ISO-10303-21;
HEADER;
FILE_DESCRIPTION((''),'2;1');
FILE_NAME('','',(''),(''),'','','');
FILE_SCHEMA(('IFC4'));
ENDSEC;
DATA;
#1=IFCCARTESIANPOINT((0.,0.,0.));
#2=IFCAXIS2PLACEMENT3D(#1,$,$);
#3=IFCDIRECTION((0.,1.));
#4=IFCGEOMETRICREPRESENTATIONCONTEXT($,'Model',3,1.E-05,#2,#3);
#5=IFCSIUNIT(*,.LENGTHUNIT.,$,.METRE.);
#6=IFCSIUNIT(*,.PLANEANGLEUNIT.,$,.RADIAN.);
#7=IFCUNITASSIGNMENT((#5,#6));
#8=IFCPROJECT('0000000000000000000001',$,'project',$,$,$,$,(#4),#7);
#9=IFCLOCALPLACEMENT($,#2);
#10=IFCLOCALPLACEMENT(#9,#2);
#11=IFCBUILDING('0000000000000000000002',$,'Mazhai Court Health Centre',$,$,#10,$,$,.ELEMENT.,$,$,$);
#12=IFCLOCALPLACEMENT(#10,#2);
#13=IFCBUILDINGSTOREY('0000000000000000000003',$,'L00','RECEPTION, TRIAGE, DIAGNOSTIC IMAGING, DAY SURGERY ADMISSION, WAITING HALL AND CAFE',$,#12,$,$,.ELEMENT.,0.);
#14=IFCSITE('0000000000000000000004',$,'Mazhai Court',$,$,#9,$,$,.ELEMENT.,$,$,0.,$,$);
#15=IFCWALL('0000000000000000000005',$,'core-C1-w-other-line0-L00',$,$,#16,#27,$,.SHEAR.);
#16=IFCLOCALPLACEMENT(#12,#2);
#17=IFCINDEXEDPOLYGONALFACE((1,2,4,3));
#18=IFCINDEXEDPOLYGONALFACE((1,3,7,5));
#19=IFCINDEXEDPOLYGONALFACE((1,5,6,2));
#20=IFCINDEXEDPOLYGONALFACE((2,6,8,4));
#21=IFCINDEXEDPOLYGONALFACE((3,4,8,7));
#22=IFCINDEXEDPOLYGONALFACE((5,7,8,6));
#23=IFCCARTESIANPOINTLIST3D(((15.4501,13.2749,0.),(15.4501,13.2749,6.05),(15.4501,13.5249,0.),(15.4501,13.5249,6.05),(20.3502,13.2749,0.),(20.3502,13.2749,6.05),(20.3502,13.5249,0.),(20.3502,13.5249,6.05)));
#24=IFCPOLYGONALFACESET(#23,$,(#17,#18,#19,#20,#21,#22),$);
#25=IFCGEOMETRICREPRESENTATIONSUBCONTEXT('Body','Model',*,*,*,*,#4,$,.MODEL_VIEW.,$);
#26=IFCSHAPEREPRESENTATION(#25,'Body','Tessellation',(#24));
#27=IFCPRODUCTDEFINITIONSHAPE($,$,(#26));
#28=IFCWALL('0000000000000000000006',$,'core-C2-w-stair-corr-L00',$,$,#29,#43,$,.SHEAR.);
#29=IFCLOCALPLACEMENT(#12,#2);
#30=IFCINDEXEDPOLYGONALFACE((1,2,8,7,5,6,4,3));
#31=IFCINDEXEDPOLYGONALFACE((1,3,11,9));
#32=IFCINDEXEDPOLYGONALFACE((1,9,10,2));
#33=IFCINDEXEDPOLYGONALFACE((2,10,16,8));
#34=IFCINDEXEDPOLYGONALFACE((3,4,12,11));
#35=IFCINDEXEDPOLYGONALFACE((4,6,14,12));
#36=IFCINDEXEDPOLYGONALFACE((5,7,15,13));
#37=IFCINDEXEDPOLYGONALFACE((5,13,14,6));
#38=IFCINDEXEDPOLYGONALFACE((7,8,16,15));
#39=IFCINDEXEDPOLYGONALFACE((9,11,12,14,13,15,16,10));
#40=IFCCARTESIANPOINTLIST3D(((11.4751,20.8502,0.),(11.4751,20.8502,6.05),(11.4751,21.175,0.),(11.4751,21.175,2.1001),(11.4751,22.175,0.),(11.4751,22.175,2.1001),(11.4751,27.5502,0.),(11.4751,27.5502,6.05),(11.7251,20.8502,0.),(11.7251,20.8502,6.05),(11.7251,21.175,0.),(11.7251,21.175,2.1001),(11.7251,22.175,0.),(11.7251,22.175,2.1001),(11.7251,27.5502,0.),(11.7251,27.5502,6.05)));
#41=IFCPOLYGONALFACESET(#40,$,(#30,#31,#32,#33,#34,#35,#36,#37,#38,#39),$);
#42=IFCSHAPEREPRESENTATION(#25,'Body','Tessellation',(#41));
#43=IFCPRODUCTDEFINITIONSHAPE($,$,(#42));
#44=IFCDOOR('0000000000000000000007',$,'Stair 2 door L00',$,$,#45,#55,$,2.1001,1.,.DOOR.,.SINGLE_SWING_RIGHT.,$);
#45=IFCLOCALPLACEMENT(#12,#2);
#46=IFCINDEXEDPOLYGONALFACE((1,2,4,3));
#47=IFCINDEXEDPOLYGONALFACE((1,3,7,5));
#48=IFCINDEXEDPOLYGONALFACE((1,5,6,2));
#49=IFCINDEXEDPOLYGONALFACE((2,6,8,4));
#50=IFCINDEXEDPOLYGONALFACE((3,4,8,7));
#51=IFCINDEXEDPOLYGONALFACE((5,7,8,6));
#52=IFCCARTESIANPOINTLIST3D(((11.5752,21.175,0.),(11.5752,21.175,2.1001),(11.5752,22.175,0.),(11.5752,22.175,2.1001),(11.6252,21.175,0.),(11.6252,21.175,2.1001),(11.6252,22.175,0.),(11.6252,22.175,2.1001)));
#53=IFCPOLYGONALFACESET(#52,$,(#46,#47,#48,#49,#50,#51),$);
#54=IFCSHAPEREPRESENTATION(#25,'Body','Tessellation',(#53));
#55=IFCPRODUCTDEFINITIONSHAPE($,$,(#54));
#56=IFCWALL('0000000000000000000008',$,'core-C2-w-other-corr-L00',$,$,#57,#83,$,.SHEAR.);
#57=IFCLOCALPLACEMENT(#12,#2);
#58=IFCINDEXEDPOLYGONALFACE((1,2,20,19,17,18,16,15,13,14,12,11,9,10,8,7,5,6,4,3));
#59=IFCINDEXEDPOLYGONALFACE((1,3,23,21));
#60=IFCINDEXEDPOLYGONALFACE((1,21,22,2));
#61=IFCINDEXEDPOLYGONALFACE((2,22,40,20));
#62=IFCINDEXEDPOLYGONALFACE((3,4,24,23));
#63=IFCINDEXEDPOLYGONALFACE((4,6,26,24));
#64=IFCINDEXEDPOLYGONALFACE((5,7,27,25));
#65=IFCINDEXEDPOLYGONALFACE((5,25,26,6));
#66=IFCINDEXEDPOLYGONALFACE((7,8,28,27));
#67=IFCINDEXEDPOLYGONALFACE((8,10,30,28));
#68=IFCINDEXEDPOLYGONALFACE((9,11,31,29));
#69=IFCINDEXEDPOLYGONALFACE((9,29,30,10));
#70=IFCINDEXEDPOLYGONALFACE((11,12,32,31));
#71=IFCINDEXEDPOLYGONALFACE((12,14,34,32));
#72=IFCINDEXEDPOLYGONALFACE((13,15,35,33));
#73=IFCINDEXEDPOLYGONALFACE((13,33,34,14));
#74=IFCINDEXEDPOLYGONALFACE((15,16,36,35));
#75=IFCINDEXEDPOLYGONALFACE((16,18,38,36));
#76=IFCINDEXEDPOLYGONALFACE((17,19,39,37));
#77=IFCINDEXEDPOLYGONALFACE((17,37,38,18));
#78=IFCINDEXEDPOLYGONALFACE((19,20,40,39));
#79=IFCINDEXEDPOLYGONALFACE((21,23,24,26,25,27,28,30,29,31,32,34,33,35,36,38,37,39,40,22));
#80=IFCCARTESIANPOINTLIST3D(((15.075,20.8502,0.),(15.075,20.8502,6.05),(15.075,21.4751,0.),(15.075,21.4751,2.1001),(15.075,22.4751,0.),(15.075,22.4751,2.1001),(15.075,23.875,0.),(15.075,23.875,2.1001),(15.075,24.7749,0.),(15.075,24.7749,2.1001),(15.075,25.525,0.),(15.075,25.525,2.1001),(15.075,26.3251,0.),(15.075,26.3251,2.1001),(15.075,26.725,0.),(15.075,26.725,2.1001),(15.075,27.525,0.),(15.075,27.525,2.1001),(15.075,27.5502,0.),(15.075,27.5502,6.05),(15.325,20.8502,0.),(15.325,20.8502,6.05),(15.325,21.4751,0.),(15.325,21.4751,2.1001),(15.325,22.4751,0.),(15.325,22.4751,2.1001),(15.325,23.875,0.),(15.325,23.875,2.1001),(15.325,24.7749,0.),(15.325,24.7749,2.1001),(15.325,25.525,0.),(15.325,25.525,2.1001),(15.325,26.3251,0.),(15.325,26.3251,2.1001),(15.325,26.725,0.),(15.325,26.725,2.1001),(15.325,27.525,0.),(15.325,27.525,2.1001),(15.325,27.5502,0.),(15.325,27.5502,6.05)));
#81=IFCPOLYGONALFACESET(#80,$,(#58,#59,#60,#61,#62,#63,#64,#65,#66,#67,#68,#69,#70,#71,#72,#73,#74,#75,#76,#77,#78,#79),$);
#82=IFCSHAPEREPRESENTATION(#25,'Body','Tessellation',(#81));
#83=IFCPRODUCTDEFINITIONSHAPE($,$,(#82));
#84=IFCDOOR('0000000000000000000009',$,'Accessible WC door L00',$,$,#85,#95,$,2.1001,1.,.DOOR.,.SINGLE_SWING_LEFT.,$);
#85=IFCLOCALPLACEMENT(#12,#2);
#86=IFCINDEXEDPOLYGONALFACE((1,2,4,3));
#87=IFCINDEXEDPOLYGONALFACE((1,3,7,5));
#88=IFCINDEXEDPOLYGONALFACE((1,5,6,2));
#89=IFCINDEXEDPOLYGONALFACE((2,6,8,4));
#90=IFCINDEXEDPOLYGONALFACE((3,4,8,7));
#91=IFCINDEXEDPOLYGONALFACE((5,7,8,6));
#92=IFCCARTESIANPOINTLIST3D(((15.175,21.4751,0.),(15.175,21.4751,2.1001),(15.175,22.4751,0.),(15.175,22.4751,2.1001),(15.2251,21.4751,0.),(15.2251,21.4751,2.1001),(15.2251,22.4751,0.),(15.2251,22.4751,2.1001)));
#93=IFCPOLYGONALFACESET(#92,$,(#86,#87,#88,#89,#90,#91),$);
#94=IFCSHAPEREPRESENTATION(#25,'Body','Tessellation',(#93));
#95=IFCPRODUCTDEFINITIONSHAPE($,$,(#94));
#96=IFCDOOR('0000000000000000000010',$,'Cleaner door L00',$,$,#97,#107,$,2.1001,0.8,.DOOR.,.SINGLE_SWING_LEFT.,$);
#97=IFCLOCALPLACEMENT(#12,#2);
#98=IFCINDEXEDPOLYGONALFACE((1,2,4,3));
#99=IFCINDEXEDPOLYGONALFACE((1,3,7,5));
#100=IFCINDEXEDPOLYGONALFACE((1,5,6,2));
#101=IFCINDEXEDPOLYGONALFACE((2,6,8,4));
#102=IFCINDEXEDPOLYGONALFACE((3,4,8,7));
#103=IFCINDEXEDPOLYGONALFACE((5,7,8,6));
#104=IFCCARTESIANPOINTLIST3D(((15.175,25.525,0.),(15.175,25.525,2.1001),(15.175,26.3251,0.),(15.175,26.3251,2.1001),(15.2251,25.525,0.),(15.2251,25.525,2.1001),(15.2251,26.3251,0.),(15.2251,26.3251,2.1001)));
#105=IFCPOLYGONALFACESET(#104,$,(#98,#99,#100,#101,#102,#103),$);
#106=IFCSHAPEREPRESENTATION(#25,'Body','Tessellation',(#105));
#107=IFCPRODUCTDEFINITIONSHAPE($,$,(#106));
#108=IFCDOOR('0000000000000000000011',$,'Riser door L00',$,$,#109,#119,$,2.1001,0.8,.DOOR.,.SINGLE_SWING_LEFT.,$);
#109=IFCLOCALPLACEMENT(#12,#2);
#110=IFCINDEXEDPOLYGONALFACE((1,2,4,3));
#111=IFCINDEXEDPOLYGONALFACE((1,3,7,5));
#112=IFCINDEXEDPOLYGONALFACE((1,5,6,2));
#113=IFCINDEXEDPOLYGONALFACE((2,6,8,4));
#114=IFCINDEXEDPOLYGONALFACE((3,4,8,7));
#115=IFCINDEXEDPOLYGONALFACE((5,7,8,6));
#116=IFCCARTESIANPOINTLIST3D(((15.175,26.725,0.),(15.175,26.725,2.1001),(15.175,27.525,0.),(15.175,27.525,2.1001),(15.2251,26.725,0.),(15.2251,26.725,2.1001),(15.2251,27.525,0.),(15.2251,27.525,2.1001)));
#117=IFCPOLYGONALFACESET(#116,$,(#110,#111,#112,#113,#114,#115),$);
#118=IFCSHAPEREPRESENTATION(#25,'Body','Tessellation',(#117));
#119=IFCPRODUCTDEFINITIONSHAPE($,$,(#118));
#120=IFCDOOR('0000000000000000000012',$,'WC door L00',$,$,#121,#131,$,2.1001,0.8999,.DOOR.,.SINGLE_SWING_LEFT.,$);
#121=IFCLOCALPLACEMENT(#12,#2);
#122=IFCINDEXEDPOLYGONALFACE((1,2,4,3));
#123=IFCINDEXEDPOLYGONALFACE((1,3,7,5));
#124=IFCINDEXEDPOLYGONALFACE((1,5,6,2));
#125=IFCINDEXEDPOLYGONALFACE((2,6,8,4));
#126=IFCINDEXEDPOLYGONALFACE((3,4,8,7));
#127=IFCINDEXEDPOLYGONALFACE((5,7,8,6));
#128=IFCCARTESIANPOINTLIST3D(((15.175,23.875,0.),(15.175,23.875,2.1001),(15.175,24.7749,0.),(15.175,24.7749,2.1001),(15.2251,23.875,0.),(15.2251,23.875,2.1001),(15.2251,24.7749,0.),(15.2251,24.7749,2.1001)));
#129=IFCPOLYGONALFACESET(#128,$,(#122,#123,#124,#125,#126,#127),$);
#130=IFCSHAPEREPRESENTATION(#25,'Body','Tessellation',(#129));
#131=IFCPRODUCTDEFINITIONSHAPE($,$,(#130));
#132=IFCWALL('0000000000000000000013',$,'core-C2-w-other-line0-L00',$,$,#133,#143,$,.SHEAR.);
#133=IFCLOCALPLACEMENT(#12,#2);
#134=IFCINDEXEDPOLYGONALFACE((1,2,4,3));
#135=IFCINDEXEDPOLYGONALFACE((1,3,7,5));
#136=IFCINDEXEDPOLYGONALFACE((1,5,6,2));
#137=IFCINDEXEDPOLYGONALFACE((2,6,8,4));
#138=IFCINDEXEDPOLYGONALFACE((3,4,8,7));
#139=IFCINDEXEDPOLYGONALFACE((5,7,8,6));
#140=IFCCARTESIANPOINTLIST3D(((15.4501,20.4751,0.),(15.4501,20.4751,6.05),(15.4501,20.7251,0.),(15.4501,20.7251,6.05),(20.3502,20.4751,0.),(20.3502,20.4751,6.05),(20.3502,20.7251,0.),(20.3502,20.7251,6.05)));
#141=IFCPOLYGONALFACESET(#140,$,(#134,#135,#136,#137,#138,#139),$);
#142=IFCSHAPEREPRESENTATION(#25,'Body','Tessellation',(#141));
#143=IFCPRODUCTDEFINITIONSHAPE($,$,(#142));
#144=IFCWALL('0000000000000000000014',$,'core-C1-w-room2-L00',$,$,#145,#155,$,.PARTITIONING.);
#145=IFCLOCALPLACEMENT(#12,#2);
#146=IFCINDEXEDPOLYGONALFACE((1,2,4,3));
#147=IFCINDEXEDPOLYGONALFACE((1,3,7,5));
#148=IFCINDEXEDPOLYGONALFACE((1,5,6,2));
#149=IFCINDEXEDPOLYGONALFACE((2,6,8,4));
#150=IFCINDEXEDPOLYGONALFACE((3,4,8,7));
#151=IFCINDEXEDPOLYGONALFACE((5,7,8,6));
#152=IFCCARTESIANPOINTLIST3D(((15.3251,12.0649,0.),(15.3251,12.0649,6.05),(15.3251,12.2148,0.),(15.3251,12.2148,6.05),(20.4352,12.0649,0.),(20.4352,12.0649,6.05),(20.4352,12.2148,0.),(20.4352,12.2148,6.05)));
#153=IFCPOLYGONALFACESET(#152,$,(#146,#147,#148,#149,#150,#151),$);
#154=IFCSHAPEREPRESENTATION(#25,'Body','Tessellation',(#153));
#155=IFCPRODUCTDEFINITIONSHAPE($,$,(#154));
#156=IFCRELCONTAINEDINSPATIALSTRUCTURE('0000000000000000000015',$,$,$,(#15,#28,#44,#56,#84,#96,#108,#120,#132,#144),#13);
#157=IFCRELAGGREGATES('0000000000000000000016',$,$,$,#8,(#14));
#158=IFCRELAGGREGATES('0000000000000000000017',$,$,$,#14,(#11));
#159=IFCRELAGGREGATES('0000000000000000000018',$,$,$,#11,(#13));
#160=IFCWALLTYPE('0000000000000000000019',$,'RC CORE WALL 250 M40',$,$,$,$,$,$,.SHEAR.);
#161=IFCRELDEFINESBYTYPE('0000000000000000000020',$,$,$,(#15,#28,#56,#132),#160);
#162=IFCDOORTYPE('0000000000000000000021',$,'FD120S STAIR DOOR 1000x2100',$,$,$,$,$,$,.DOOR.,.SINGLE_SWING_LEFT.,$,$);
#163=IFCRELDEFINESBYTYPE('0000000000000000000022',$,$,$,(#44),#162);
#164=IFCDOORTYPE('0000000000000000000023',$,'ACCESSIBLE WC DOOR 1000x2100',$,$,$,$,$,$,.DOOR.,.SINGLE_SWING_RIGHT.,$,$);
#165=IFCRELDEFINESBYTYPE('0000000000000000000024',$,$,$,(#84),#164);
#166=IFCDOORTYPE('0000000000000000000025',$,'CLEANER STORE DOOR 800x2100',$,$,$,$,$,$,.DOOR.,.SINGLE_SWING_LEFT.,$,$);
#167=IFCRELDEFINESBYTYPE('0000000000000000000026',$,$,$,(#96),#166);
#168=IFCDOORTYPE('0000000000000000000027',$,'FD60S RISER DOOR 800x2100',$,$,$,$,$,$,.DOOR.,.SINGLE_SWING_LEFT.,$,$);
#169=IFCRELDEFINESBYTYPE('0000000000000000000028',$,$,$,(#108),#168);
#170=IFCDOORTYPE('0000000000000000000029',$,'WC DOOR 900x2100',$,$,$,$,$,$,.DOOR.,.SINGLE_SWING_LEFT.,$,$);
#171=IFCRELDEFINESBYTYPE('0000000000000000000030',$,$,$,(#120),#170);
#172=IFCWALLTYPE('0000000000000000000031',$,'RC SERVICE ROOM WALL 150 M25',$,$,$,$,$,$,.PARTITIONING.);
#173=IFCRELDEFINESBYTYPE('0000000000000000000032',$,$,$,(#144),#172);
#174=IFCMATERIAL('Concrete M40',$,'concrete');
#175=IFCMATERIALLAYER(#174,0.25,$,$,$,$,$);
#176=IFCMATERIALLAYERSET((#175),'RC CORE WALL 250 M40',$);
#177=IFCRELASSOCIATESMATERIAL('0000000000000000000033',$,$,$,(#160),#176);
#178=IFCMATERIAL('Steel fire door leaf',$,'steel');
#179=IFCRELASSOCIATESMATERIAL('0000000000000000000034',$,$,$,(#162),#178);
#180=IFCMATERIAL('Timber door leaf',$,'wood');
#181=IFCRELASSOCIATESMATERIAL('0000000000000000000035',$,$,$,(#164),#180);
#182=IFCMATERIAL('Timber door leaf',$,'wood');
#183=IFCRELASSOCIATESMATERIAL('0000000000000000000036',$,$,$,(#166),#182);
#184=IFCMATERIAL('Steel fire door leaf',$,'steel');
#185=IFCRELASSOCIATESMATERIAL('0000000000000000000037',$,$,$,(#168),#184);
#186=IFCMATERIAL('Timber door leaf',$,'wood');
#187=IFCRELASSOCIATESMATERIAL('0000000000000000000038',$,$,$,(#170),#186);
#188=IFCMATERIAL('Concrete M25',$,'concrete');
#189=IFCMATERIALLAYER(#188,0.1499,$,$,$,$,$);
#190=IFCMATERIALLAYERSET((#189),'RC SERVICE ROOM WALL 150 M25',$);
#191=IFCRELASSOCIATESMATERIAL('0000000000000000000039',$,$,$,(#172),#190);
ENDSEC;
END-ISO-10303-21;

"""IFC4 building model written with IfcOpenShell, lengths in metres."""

from ifc_helpers import new_model, si_unit, direction, frame, frame_2d, origin, place, context, subcontext, project, spatial, rectangle, extrude, material, layer, layer_set, type_object, element, fill, save


model = new_model("IFC4")

# Units and contexts
model_context = context("Model", 3, precision=1e-05, world=origin(), true_north=direction((0.0, 1.0)))
body_context = subcontext(model_context, "Body", "Model", "MODEL_VIEW")
ifc_project = project(units=[si_unit("LENGTHUNIT", "METRE"), si_unit("PLANEANGLEUNIT", "RADIAN")], contexts=[model_context])

# Site, building, storey
site_placement = place(None, origin())
site = spatial("IfcSite", under=ifc_project, at=site_placement, Name="Mazhai Court", CompositionType="ELEMENT", RefElevation=0.0)
building_placement = place(site_placement, origin())
building = spatial("IfcBuilding", under=site, at=building_placement, Name="Mazhai Court Health Centre", CompositionType="ELEMENT")
storey_placement = place(building_placement, origin())
storey = spatial("IfcBuildingStorey", under=building, at=storey_placement, Name="L00", Description="RECEPTION, TRIAGE, DIAGNOSTIC IMAGING, DAY SURGERY ADMISSION, WAITING HALL AND CAFE", CompositionType="ELEMENT", Elevation=0.0)

# Wall
ifc_material_1 = material(Name="Concrete M40", Category="concrete")
ifc_layer_1 = layer(ifc_material_1, 0.25)
ifc_layer_set_1 = layer_set([ifc_layer_1], Name="RC CORE WALL 250 M40")
wall_type_1 = type_object("IfcWallType", Name="RC CORE WALL 250 M40", PredefinedType="SHEAR", material=ifc_layer_set_1)
wall_1_placement = place(storey_placement, frame((15.45, 13.3999, 0.0), z_axis=(0.0, 0.0, 1.0), x_axis=(1.0, 0.0, 0.0)))
element("IfcWall", 1, at=wall_1_placement, inside=storey, type_object=wall_type_1, Name="core-C1-w-other-line0-L00", PredefinedType="SHEAR", context=body_context, shape_type="SweptSolid", body=[
    extrude(rectangle(XDim=4.9001, YDim=0.25, at=frame_2d((2.4502, 0.0))), origin(), (0.0, 0.0, 1.0), 6.05),
])

# Wall, opening, door
wall_2_placement = place(storey_placement, frame((11.6001, 20.8501, 0.0), z_axis=(0.0, 0.0, 1.0), x_axis=(0.0, 1.0, 0.0)))
wall_2 = element("IfcWall", 2, at=wall_2_placement, inside=storey, type_object=wall_type_1, Name="core-C2-w-stair-corr-L00", PredefinedType="SHEAR", context=body_context, shape_type="SweptSolid", body=[
    extrude(rectangle(XDim=6.7, YDim=0.25, at=frame_2d((3.3501, 0.0))), origin(), (0.0, 0.0, 1.0), 6.05),
])
opening_1_placement = place(wall_2_placement, frame((0.325, 0.0, 0.0)))
opening_1 = element("IfcOpeningElement", 3, at=opening_1_placement, cuts=wall_2, PredefinedType="OPENING", context=body_context, shape_type="SweptSolid", body=[
    extrude(rectangle(XDim=1.0, YDim=2.1001, at=frame_2d((0.5, 1.05))), frame((0.0, 0.135, 0.0), z_axis=(0.0, -1.0, 0.0), x_axis=(1.0, 0.0, 0.0)), (0.0, 0.0, 1.0), 0.27),
])
ifc_material_2 = material(Name="Steel fire door leaf", Category="steel")
door_type_1 = type_object("IfcDoorType", Name="FD120S STAIR DOOR 1000x2100", OperationType="SINGLE_SWING_LEFT", PredefinedType="DOOR", material=ifc_material_2)
door_1_placement = place(opening_1_placement, origin())
door_1 = element("IfcDoor", 4, at=door_1_placement, inside=storey, type_object=door_type_1, Name="Stair 2 door L00", OperationType="SINGLE_SWING_RIGHT", OverallHeight=2.1001, OverallWidth=1.0, PredefinedType="DOOR", context=body_context, shape_type="SweptSolid", body=[
    extrude(rectangle(XDim=1.0, YDim=2.1001, at=frame_2d((0.5, 1.05))), frame((0.0, 0.0249, 0.0), z_axis=(0.0, -1.0, 0.0), x_axis=(1.0, 0.0, 0.0)), (0.0, 0.0, 1.0), 0.05),
])
fill(opening_1, door_1)

# Wall, openings, doors
wall_3_placement = place(storey_placement, frame((15.2, 20.8501, 0.0), z_axis=(0.0, 0.0, 1.0), x_axis=(0.0, 1.0, 0.0)))
wall_3 = element("IfcWall", 5, at=wall_3_placement, inside=storey, type_object=wall_type_1, Name="core-C2-w-other-corr-L00", PredefinedType="SHEAR", context=body_context, shape_type="SweptSolid", body=[
    extrude(rectangle(XDim=6.7, YDim=0.25, at=frame_2d((3.3501, 0.0))), origin(), (0.0, 0.0, 1.0), 6.05),
])
opening_2_placement = place(wall_3_placement, frame((0.625, 0.0, 0.0)))
opening_2 = element("IfcOpeningElement", 6, at=opening_2_placement, cuts=wall_3, PredefinedType="OPENING", context=body_context, shape_type="SweptSolid", body=[
    extrude(rectangle(XDim=1.0, YDim=2.1001, at=frame_2d((0.5, 1.05))), frame((0.0, 0.135, 0.0), z_axis=(0.0, -1.0, 0.0), x_axis=(1.0, 0.0, 0.0)), (0.0, 0.0, 1.0), 0.27),
])
opening_3_placement = place(wall_3_placement, frame((3.0249, 0.0, 0.0)))
opening_3 = element("IfcOpeningElement", 7, at=opening_3_placement, cuts=wall_3, PredefinedType="OPENING", context=body_context, shape_type="SweptSolid", body=[
    extrude(rectangle(XDim=0.8999, YDim=2.1001, at=frame_2d((0.45, 1.05))), frame((0.0, 0.135, 0.0), z_axis=(0.0, -1.0, 0.0), x_axis=(1.0, 0.0, 0.0)), (0.0, 0.0, 1.0), 0.27),
])
opening_4_placement = place(wall_3_placement, frame((4.675, 0.0, 0.0)))
opening_4 = element("IfcOpeningElement", 8, at=opening_4_placement, cuts=wall_3, PredefinedType="OPENING", context=body_context, shape_type="SweptSolid", body=[
    extrude(rectangle(XDim=0.8, YDim=2.1001, at=frame_2d((0.3999, 1.05))), frame((0.0, 0.135, 0.0), z_axis=(0.0, -1.0, 0.0), x_axis=(1.0, 0.0, 0.0)), (0.0, 0.0, 1.0), 0.27),
])
opening_5_placement = place(wall_3_placement, frame((5.875, 0.0, 0.0)))
opening_5 = element("IfcOpeningElement", 9, at=opening_5_placement, cuts=wall_3, PredefinedType="OPENING", context=body_context, shape_type="SweptSolid", body=[
    extrude(rectangle(XDim=0.8, YDim=2.1001, at=frame_2d((0.3999, 1.05))), frame((0.0, 0.135, 0.0), z_axis=(0.0, -1.0, 0.0), x_axis=(1.0, 0.0, 0.0)), (0.0, 0.0, 1.0), 0.27),
])
ifc_material_3 = material(Name="Timber door leaf", Category="wood")
door_type_2 = type_object("IfcDoorType", Name="ACCESSIBLE WC DOOR 1000x2100", OperationType="SINGLE_SWING_RIGHT", PredefinedType="DOOR", material=ifc_material_3)
door_2_placement = place(opening_2_placement, origin())
door_2 = element("IfcDoor", 10, at=door_2_placement, inside=storey, type_object=door_type_2, Name="Accessible WC door L00", OperationType="SINGLE_SWING_LEFT", OverallHeight=2.1001, OverallWidth=1.0, PredefinedType="DOOR", context=body_context, shape_type="SweptSolid", body=[
    extrude(rectangle(XDim=1.0, YDim=2.1001, at=frame_2d((0.5, 1.05))), frame((0.0, 0.0249, 0.0), z_axis=(0.0, -1.0, 0.0), x_axis=(1.0, 0.0, 0.0)), (0.0, 0.0, 1.0), 0.05),
])
fill(opening_2, door_2)
ifc_material_4 = material(Name="Timber door leaf", Category="wood")
door_type_3 = type_object("IfcDoorType", Name="CLEANER STORE DOOR 800x2100", OperationType="SINGLE_SWING_LEFT", PredefinedType="DOOR", material=ifc_material_4)
door_3_placement = place(opening_4_placement, origin())
door_3 = element("IfcDoor", 11, at=door_3_placement, inside=storey, type_object=door_type_3, Name="Cleaner door L00", OperationType="SINGLE_SWING_LEFT", OverallHeight=2.1001, OverallWidth=0.8, PredefinedType="DOOR", context=body_context, shape_type="SweptSolid", body=[
    extrude(rectangle(XDim=0.8, YDim=2.1001, at=frame_2d((0.3999, 1.05))), frame((0.0, 0.0249, 0.0), z_axis=(0.0, -1.0, 0.0), x_axis=(1.0, 0.0, 0.0)), (0.0, 0.0, 1.0), 0.05),
])
fill(opening_4, door_3)
ifc_material_5 = material(Name="Steel fire door leaf", Category="steel")
door_type_4 = type_object("IfcDoorType", Name="FD60S RISER DOOR 800x2100", OperationType="SINGLE_SWING_LEFT", PredefinedType="DOOR", material=ifc_material_5)
door_4_placement = place(opening_5_placement, origin())
door_4 = element("IfcDoor", 12, at=door_4_placement, inside=storey, type_object=door_type_4, Name="Riser door L00", OperationType="SINGLE_SWING_LEFT", OverallHeight=2.1001, OverallWidth=0.8, PredefinedType="DOOR", context=body_context, shape_type="SweptSolid", body=[
    extrude(rectangle(XDim=0.8, YDim=2.1001, at=frame_2d((0.3999, 1.05))), frame((0.0, 0.0249, 0.0), z_axis=(0.0, -1.0, 0.0), x_axis=(1.0, 0.0, 0.0)), (0.0, 0.0, 1.0), 0.05),
])
fill(opening_5, door_4)
ifc_material_6 = material(Name="Timber door leaf", Category="wood")
door_type_5 = type_object("IfcDoorType", Name="WC DOOR 900x2100", OperationType="SINGLE_SWING_LEFT", PredefinedType="DOOR", material=ifc_material_6)
door_5_placement = place(opening_3_placement, origin())
door_5 = element("IfcDoor", 13, at=door_5_placement, inside=storey, type_object=door_type_5, Name="WC door L00", OperationType="SINGLE_SWING_LEFT", OverallHeight=2.1001, OverallWidth=0.8999, PredefinedType="DOOR", context=body_context, shape_type="SweptSolid", body=[
    extrude(rectangle(XDim=0.8999, YDim=2.1001, at=frame_2d((0.45, 1.05))), frame((0.0, 0.0249, 0.0), z_axis=(0.0, -1.0, 0.0), x_axis=(1.0, 0.0, 0.0)), (0.0, 0.0, 1.0), 0.05),
])
fill(opening_3, door_5)

# Walls
wall_4_placement = place(storey_placement, frame((15.45, 20.6001, 0.0), z_axis=(0.0, 0.0, 1.0), x_axis=(1.0, 0.0, 0.0)))
element("IfcWall", 14, at=wall_4_placement, inside=storey, type_object=wall_type_1, Name="core-C2-w-other-line0-L00", PredefinedType="SHEAR", context=body_context, shape_type="SweptSolid", body=[
    extrude(rectangle(XDim=4.9001, YDim=0.25, at=frame_2d((2.4502, 0.0))), origin(), (0.0, 0.0, 1.0), 6.05),
])
ifc_material_7 = material(Name="Concrete M25", Category="concrete")
ifc_layer_2 = layer(ifc_material_7, 0.1499)
ifc_layer_set_2 = layer_set([ifc_layer_2], Name="RC SERVICE ROOM WALL 150 M25")
wall_type_2 = type_object("IfcWallType", Name="RC SERVICE ROOM WALL 150 M25", PredefinedType="PARTITIONING", material=ifc_layer_set_2)
wall_5_placement = place(storey_placement, frame((15.325, 12.1399, 0.0), z_axis=(0.0, 0.0, 1.0), x_axis=(1.0, 0.0, 0.0)))
element("IfcWall", 15, at=wall_5_placement, inside=storey, type_object=wall_type_2, Name="core-C1-w-room2-L00", PredefinedType="PARTITIONING", context=body_context, shape_type="SweptSolid", body=[
    extrude(rectangle(XDim=5.1101, YDim=0.1499, at=frame_2d((2.5552, 0.0))), origin(), (0.0, 0.0, 1.0), 6.05),
])

save(model, "model.ifc")
